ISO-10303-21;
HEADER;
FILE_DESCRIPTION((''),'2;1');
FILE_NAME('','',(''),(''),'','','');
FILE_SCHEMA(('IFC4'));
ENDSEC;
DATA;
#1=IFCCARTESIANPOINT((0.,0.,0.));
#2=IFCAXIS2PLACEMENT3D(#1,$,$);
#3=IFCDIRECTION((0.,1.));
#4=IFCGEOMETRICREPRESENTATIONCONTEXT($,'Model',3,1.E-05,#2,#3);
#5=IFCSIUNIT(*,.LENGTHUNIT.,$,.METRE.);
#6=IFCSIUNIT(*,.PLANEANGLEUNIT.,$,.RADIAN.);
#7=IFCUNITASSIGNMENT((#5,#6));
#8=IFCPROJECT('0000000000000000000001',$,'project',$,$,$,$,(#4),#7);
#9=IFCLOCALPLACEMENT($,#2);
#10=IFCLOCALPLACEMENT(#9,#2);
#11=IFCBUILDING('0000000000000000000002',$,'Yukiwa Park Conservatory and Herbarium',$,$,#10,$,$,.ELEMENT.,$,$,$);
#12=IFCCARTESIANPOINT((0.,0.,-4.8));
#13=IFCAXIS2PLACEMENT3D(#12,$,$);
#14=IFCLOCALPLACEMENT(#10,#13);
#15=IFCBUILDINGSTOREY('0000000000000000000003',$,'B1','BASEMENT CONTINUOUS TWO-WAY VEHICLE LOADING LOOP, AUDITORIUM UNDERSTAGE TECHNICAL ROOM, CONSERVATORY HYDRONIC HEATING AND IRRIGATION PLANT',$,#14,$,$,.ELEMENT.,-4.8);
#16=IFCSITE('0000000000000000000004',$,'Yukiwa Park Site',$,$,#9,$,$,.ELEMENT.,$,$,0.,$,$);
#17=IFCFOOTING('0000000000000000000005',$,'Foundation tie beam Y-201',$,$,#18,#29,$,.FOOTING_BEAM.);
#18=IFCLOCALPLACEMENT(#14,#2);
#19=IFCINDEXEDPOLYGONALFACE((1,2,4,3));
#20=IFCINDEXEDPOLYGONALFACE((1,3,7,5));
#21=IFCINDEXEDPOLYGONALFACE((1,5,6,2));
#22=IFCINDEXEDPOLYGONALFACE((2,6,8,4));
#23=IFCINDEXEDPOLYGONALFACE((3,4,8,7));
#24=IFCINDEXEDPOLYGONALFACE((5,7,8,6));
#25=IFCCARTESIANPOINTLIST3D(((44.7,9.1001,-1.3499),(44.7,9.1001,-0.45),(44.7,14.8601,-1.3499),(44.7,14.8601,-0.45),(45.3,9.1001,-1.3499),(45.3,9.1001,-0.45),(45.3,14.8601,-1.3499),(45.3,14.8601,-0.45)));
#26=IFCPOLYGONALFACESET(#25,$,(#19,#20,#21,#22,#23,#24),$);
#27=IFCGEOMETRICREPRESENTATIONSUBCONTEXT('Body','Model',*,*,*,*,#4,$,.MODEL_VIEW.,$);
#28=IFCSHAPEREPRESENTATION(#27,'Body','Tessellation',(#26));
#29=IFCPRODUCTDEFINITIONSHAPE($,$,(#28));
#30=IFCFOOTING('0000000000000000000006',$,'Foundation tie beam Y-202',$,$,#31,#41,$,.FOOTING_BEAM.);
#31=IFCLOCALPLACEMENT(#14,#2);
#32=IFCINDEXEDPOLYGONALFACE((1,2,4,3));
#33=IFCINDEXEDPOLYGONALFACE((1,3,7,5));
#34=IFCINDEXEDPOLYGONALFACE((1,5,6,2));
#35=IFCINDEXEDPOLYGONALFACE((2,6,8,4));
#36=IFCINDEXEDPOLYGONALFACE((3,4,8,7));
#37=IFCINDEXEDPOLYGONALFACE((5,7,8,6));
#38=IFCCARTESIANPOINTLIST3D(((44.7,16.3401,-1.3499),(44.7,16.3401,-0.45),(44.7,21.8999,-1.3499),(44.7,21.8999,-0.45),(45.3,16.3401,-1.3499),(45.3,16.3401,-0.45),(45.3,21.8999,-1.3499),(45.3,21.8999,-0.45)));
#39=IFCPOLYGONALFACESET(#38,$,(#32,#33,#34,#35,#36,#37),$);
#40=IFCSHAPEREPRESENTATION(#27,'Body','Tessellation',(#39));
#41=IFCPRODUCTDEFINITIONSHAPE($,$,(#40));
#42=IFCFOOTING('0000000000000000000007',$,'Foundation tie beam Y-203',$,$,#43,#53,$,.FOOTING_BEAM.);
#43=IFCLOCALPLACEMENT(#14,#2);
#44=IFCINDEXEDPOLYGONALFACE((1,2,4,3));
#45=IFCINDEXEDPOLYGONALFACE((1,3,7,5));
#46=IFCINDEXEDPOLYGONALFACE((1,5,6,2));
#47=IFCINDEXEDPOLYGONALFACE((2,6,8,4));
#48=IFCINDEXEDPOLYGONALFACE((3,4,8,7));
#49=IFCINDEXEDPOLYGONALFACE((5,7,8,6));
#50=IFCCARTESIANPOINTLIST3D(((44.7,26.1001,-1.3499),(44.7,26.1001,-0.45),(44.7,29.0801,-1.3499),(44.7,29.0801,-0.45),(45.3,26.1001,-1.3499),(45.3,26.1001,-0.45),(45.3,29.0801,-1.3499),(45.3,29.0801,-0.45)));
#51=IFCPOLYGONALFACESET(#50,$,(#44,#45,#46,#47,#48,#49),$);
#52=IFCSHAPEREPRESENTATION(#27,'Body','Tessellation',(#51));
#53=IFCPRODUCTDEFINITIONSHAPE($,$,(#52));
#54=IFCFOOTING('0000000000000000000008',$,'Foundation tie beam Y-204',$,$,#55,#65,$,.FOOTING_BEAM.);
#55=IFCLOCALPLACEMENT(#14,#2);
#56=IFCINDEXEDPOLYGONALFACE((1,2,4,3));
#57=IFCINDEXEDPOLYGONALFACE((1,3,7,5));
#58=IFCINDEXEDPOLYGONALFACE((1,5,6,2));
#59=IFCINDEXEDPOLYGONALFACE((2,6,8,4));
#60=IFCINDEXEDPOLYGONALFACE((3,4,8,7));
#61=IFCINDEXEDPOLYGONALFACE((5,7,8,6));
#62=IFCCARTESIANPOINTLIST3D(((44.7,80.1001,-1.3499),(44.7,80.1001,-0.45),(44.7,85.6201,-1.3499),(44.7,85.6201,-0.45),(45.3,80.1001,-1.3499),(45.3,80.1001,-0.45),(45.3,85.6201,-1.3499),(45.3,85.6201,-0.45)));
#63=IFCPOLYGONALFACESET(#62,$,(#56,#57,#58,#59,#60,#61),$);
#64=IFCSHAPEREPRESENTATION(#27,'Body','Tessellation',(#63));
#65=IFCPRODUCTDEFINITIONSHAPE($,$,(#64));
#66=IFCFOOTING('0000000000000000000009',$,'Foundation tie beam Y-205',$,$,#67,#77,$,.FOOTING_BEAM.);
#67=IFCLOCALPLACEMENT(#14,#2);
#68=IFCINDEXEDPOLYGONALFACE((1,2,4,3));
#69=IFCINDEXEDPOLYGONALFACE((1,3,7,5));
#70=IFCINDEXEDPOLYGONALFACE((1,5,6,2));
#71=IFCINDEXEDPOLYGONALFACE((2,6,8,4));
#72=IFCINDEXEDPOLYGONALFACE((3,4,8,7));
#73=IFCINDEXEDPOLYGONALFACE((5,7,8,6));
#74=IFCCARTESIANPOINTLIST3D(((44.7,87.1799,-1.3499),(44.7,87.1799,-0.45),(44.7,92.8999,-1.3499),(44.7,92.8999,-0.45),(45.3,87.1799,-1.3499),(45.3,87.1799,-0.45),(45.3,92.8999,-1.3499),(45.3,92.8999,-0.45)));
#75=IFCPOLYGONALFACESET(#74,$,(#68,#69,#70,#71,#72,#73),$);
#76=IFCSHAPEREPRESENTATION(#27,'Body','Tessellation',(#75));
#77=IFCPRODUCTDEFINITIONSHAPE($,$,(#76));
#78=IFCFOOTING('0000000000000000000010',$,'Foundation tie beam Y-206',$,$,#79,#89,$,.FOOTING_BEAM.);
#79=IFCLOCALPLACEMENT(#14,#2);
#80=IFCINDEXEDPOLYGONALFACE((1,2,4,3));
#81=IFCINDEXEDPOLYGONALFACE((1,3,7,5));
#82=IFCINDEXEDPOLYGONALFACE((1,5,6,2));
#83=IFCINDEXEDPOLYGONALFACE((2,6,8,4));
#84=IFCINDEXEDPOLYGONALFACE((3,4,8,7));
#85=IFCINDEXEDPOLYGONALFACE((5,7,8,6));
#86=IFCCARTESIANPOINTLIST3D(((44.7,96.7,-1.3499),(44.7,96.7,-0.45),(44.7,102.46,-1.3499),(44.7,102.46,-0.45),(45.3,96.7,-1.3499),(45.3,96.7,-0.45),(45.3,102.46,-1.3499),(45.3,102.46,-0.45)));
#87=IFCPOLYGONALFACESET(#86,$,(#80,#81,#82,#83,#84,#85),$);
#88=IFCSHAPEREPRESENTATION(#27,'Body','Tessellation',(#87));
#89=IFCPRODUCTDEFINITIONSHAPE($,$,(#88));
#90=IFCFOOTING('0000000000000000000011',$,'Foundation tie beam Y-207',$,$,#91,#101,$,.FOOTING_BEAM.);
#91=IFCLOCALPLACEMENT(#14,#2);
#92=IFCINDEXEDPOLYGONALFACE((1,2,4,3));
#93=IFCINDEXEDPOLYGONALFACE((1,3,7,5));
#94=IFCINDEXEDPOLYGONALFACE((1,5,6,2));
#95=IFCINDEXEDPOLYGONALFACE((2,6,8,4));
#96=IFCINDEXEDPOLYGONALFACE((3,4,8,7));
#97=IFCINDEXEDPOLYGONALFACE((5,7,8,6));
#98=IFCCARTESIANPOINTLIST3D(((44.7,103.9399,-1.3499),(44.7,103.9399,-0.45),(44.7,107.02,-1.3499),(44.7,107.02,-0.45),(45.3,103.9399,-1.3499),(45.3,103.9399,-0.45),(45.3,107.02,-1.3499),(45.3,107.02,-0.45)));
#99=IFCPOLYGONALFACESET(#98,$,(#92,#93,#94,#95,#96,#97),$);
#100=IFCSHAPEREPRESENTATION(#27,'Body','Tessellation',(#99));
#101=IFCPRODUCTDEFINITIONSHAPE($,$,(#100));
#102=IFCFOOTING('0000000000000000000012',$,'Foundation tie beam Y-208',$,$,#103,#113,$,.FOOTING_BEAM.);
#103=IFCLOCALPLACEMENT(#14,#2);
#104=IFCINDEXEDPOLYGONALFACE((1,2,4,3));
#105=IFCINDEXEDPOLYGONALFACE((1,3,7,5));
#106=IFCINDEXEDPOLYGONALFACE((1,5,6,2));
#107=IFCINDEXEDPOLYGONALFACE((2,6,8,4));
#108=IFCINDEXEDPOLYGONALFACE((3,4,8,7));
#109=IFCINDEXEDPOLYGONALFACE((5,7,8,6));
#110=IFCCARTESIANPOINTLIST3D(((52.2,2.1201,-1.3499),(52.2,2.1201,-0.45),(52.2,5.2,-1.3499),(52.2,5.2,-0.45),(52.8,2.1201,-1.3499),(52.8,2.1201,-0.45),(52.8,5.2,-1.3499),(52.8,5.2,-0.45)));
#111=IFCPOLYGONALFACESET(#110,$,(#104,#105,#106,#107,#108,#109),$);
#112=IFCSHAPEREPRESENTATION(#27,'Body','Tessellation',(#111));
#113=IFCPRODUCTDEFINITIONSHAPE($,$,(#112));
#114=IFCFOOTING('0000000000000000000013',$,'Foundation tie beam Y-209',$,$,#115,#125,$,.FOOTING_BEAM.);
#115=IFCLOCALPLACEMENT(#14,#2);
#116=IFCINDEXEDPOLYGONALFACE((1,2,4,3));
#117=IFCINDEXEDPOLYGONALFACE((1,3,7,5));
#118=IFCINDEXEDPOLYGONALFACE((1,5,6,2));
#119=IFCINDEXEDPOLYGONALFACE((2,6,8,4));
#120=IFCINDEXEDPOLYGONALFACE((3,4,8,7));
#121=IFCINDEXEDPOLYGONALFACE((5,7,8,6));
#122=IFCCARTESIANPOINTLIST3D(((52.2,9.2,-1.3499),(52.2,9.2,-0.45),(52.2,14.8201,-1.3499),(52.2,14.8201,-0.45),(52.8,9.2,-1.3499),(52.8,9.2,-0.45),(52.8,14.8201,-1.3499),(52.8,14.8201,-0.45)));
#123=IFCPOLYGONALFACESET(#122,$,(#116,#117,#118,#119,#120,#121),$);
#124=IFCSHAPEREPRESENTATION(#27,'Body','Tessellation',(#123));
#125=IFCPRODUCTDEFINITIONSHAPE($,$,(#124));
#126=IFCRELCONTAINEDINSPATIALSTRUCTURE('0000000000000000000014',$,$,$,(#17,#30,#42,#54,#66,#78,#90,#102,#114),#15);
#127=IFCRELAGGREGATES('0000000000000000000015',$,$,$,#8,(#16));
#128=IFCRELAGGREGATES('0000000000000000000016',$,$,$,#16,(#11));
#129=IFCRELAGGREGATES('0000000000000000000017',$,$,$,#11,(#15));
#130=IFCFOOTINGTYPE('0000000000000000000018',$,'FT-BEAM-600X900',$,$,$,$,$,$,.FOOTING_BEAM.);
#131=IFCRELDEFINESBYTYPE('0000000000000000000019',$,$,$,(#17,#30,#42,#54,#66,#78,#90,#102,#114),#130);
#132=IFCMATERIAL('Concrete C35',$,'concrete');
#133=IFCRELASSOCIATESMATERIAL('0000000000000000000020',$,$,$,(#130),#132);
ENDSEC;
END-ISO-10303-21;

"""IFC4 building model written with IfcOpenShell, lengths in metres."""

from ifc_helpers import new_model, si_unit, direction, frame, origin, place, context, subcontext, project, spatial, polyline, outline, extrude, material, type_object, element, save


model = new_model("IFC4")

# Units and contexts
model_context = context("Model", 3, precision=1e-05, world=origin(), true_north=direction((0.0, 1.0)))
body_context = subcontext(model_context, "Body", "Model", "MODEL_VIEW")
ifc_project = project(units=[si_unit("LENGTHUNIT", "METRE"), si_unit("PLANEANGLEUNIT", "RADIAN")], contexts=[model_context])

# Site, building, storey
site_placement = place(None, origin())
site = spatial("IfcSite", under=ifc_project, at=site_placement, Name="Yukiwa Park Site", CompositionType="ELEMENT", RefElevation=0.0)
building_placement = place(site_placement, origin())
building = spatial("IfcBuilding", under=site, at=building_placement, Name="Yukiwa Park Conservatory and Herbarium", CompositionType="ELEMENT")
storey_placement = place(building_placement, frame((0.0, 0.0, -4.8)))
storey = spatial("IfcBuildingStorey", under=building, at=storey_placement, Name="B1", Description="BASEMENT CONTINUOUS TWO-WAY VEHICLE LOADING LOOP, AUDITORIUM UNDERSTAGE TECHNICAL ROOM, CONSERVATORY HYDRONIC HEATING AND IRRIGATION PLANT", CompositionType="ELEMENT", Elevation=-4.8)

# Footings
ifc_material = material(Name="Concrete C35", Category="concrete")
footing_type = type_object("IfcFootingType", Name="FT-BEAM-600X900", PredefinedType="FOOTING_BEAM", material=ifc_material)
footing_1_placement = place(storey_placement, frame((0.0, 0.0, -1.3499)))
element("IfcFooting", 1, at=footing_1_placement, inside=storey, type_object=footing_type, Name="Foundation tie beam Y-201", PredefinedType="FOOTING_BEAM", context=body_context, shape_type="SweptSolid", body=[
    extrude(outline(polyline([(44.7, 9.1001), (45.3, 9.1001), (45.3, 14.8601), (44.7, 14.8601), (44.7, 9.1001)])), origin(), (0.0, 0.0, 1.0), 0.8999),
])
footing_2_placement = place(storey_placement, frame((0.0, 0.0, -1.3499)))
element("IfcFooting", 2, at=footing_2_placement, inside=storey, type_object=footing_type, Name="Foundation tie beam Y-202", PredefinedType="FOOTING_BEAM", context=body_context, shape_type="SweptSolid", body=[
    extrude(outline(polyline([(44.7, 16.3401), (45.3, 16.3401), (45.3, 21.8999), (44.7, 21.8999), (44.7, 16.3401)])), origin(), (0.0, 0.0, 1.0), 0.8999),
])
footing_3_placement = place(storey_placement, frame((0.0, 0.0, -1.3499)))
element("IfcFooting", 3, at=footing_3_placement, inside=storey, type_object=footing_type, Name="Foundation tie beam Y-203", PredefinedType="FOOTING_BEAM", context=body_context, shape_type="SweptSolid", body=[
    extrude(outline(polyline([(44.7, 26.1001), (45.3, 26.1001), (45.3, 29.0801), (44.7, 29.0801), (44.7, 26.1001)])), origin(), (0.0, 0.0, 1.0), 0.8999),
])
footing_4_placement = place(storey_placement, frame((0.0, 0.0, -1.3499)))
element("IfcFooting", 4, at=footing_4_placement, inside=storey, type_object=footing_type, Name="Foundation tie beam Y-204", PredefinedType="FOOTING_BEAM", context=body_context, shape_type="SweptSolid", body=[
    extrude(outline(polyline([(44.7, 80.1001), (45.3, 80.1001), (45.3, 85.6201), (44.7, 85.6201), (44.7, 80.1001)])), origin(), (0.0, 0.0, 1.0), 0.8999),
])
footing_5_placement = place(storey_placement, frame((0.0, 0.0, -1.3499)))
element("IfcFooting", 5, at=footing_5_placement, inside=storey, type_object=footing_type, Name="Foundation tie beam Y-205", PredefinedType="FOOTING_BEAM", context=body_context, shape_type="SweptSolid", body=[
    extrude(outline(polyline([(44.7, 87.1799), (45.3, 87.1799), (45.3, 92.8999), (44.7, 92.8999), (44.7, 87.1799)])), origin(), (0.0, 0.0, 1.0), 0.8999),
])
footing_6_placement = place(storey_placement, frame((0.0, 0.0, -1.3499)))
element("IfcFooting", 6, at=footing_6_placement, inside=storey, type_object=footing_type, Name="Foundation tie beam Y-206", PredefinedType="FOOTING_BEAM", context=body_context, shape_type="SweptSolid", body=[
    extrude(outline(polyline([(44.7, 96.7), (45.3, 96.7), (45.3, 102.46), (44.7, 102.46), (44.7, 96.7)])), origin(), (0.0, 0.0, 1.0), 0.8999),
])
footing_7_placement = place(storey_placement, frame((0.0, 0.0, -1.3499)))
element("IfcFooting", 7, at=footing_7_placement, inside=storey, type_object=footing_type, Name="Foundation tie beam Y-207", PredefinedType="FOOTING_BEAM", context=body_context, shape_type="SweptSolid", body=[
    extrude(outline(polyline([(44.7, 103.9399), (45.3, 103.9399), (45.3, 107.02), (44.7, 107.02), (44.7, 103.9399)])), origin(), (0.0, 0.0, 1.0), 0.8999),
])
footing_8_placement = place(storey_placement, frame((0.0, 0.0, -1.3499)))
element("IfcFooting", 8, at=footing_8_placement, inside=storey, type_object=footing_type, Name="Foundation tie beam Y-208", PredefinedType="FOOTING_BEAM", context=body_context, shape_type="SweptSolid", body=[
    extrude(outline(polyline([(52.2, 2.1201), (52.8, 2.1201), (52.8, 5.2), (52.2, 5.2), (52.2, 2.1201)])), origin(), (0.0, 0.0, 1.0), 0.8999),
])
footing_9_placement = place(storey_placement, frame((0.0, 0.0, -1.3499)))
element("IfcFooting", 9, at=footing_9_placement, inside=storey, type_object=footing_type, Name="Foundation tie beam Y-209", PredefinedType="FOOTING_BEAM", context=body_context, shape_type="SweptSolid", body=[
    extrude(outline(polyline([(52.2, 9.2), (52.8, 9.2), (52.8, 14.8201), (52.2, 14.8201), (52.2, 9.2)])), origin(), (0.0, 0.0, 1.0), 0.8999),
])

save(model, "model.ifc")
